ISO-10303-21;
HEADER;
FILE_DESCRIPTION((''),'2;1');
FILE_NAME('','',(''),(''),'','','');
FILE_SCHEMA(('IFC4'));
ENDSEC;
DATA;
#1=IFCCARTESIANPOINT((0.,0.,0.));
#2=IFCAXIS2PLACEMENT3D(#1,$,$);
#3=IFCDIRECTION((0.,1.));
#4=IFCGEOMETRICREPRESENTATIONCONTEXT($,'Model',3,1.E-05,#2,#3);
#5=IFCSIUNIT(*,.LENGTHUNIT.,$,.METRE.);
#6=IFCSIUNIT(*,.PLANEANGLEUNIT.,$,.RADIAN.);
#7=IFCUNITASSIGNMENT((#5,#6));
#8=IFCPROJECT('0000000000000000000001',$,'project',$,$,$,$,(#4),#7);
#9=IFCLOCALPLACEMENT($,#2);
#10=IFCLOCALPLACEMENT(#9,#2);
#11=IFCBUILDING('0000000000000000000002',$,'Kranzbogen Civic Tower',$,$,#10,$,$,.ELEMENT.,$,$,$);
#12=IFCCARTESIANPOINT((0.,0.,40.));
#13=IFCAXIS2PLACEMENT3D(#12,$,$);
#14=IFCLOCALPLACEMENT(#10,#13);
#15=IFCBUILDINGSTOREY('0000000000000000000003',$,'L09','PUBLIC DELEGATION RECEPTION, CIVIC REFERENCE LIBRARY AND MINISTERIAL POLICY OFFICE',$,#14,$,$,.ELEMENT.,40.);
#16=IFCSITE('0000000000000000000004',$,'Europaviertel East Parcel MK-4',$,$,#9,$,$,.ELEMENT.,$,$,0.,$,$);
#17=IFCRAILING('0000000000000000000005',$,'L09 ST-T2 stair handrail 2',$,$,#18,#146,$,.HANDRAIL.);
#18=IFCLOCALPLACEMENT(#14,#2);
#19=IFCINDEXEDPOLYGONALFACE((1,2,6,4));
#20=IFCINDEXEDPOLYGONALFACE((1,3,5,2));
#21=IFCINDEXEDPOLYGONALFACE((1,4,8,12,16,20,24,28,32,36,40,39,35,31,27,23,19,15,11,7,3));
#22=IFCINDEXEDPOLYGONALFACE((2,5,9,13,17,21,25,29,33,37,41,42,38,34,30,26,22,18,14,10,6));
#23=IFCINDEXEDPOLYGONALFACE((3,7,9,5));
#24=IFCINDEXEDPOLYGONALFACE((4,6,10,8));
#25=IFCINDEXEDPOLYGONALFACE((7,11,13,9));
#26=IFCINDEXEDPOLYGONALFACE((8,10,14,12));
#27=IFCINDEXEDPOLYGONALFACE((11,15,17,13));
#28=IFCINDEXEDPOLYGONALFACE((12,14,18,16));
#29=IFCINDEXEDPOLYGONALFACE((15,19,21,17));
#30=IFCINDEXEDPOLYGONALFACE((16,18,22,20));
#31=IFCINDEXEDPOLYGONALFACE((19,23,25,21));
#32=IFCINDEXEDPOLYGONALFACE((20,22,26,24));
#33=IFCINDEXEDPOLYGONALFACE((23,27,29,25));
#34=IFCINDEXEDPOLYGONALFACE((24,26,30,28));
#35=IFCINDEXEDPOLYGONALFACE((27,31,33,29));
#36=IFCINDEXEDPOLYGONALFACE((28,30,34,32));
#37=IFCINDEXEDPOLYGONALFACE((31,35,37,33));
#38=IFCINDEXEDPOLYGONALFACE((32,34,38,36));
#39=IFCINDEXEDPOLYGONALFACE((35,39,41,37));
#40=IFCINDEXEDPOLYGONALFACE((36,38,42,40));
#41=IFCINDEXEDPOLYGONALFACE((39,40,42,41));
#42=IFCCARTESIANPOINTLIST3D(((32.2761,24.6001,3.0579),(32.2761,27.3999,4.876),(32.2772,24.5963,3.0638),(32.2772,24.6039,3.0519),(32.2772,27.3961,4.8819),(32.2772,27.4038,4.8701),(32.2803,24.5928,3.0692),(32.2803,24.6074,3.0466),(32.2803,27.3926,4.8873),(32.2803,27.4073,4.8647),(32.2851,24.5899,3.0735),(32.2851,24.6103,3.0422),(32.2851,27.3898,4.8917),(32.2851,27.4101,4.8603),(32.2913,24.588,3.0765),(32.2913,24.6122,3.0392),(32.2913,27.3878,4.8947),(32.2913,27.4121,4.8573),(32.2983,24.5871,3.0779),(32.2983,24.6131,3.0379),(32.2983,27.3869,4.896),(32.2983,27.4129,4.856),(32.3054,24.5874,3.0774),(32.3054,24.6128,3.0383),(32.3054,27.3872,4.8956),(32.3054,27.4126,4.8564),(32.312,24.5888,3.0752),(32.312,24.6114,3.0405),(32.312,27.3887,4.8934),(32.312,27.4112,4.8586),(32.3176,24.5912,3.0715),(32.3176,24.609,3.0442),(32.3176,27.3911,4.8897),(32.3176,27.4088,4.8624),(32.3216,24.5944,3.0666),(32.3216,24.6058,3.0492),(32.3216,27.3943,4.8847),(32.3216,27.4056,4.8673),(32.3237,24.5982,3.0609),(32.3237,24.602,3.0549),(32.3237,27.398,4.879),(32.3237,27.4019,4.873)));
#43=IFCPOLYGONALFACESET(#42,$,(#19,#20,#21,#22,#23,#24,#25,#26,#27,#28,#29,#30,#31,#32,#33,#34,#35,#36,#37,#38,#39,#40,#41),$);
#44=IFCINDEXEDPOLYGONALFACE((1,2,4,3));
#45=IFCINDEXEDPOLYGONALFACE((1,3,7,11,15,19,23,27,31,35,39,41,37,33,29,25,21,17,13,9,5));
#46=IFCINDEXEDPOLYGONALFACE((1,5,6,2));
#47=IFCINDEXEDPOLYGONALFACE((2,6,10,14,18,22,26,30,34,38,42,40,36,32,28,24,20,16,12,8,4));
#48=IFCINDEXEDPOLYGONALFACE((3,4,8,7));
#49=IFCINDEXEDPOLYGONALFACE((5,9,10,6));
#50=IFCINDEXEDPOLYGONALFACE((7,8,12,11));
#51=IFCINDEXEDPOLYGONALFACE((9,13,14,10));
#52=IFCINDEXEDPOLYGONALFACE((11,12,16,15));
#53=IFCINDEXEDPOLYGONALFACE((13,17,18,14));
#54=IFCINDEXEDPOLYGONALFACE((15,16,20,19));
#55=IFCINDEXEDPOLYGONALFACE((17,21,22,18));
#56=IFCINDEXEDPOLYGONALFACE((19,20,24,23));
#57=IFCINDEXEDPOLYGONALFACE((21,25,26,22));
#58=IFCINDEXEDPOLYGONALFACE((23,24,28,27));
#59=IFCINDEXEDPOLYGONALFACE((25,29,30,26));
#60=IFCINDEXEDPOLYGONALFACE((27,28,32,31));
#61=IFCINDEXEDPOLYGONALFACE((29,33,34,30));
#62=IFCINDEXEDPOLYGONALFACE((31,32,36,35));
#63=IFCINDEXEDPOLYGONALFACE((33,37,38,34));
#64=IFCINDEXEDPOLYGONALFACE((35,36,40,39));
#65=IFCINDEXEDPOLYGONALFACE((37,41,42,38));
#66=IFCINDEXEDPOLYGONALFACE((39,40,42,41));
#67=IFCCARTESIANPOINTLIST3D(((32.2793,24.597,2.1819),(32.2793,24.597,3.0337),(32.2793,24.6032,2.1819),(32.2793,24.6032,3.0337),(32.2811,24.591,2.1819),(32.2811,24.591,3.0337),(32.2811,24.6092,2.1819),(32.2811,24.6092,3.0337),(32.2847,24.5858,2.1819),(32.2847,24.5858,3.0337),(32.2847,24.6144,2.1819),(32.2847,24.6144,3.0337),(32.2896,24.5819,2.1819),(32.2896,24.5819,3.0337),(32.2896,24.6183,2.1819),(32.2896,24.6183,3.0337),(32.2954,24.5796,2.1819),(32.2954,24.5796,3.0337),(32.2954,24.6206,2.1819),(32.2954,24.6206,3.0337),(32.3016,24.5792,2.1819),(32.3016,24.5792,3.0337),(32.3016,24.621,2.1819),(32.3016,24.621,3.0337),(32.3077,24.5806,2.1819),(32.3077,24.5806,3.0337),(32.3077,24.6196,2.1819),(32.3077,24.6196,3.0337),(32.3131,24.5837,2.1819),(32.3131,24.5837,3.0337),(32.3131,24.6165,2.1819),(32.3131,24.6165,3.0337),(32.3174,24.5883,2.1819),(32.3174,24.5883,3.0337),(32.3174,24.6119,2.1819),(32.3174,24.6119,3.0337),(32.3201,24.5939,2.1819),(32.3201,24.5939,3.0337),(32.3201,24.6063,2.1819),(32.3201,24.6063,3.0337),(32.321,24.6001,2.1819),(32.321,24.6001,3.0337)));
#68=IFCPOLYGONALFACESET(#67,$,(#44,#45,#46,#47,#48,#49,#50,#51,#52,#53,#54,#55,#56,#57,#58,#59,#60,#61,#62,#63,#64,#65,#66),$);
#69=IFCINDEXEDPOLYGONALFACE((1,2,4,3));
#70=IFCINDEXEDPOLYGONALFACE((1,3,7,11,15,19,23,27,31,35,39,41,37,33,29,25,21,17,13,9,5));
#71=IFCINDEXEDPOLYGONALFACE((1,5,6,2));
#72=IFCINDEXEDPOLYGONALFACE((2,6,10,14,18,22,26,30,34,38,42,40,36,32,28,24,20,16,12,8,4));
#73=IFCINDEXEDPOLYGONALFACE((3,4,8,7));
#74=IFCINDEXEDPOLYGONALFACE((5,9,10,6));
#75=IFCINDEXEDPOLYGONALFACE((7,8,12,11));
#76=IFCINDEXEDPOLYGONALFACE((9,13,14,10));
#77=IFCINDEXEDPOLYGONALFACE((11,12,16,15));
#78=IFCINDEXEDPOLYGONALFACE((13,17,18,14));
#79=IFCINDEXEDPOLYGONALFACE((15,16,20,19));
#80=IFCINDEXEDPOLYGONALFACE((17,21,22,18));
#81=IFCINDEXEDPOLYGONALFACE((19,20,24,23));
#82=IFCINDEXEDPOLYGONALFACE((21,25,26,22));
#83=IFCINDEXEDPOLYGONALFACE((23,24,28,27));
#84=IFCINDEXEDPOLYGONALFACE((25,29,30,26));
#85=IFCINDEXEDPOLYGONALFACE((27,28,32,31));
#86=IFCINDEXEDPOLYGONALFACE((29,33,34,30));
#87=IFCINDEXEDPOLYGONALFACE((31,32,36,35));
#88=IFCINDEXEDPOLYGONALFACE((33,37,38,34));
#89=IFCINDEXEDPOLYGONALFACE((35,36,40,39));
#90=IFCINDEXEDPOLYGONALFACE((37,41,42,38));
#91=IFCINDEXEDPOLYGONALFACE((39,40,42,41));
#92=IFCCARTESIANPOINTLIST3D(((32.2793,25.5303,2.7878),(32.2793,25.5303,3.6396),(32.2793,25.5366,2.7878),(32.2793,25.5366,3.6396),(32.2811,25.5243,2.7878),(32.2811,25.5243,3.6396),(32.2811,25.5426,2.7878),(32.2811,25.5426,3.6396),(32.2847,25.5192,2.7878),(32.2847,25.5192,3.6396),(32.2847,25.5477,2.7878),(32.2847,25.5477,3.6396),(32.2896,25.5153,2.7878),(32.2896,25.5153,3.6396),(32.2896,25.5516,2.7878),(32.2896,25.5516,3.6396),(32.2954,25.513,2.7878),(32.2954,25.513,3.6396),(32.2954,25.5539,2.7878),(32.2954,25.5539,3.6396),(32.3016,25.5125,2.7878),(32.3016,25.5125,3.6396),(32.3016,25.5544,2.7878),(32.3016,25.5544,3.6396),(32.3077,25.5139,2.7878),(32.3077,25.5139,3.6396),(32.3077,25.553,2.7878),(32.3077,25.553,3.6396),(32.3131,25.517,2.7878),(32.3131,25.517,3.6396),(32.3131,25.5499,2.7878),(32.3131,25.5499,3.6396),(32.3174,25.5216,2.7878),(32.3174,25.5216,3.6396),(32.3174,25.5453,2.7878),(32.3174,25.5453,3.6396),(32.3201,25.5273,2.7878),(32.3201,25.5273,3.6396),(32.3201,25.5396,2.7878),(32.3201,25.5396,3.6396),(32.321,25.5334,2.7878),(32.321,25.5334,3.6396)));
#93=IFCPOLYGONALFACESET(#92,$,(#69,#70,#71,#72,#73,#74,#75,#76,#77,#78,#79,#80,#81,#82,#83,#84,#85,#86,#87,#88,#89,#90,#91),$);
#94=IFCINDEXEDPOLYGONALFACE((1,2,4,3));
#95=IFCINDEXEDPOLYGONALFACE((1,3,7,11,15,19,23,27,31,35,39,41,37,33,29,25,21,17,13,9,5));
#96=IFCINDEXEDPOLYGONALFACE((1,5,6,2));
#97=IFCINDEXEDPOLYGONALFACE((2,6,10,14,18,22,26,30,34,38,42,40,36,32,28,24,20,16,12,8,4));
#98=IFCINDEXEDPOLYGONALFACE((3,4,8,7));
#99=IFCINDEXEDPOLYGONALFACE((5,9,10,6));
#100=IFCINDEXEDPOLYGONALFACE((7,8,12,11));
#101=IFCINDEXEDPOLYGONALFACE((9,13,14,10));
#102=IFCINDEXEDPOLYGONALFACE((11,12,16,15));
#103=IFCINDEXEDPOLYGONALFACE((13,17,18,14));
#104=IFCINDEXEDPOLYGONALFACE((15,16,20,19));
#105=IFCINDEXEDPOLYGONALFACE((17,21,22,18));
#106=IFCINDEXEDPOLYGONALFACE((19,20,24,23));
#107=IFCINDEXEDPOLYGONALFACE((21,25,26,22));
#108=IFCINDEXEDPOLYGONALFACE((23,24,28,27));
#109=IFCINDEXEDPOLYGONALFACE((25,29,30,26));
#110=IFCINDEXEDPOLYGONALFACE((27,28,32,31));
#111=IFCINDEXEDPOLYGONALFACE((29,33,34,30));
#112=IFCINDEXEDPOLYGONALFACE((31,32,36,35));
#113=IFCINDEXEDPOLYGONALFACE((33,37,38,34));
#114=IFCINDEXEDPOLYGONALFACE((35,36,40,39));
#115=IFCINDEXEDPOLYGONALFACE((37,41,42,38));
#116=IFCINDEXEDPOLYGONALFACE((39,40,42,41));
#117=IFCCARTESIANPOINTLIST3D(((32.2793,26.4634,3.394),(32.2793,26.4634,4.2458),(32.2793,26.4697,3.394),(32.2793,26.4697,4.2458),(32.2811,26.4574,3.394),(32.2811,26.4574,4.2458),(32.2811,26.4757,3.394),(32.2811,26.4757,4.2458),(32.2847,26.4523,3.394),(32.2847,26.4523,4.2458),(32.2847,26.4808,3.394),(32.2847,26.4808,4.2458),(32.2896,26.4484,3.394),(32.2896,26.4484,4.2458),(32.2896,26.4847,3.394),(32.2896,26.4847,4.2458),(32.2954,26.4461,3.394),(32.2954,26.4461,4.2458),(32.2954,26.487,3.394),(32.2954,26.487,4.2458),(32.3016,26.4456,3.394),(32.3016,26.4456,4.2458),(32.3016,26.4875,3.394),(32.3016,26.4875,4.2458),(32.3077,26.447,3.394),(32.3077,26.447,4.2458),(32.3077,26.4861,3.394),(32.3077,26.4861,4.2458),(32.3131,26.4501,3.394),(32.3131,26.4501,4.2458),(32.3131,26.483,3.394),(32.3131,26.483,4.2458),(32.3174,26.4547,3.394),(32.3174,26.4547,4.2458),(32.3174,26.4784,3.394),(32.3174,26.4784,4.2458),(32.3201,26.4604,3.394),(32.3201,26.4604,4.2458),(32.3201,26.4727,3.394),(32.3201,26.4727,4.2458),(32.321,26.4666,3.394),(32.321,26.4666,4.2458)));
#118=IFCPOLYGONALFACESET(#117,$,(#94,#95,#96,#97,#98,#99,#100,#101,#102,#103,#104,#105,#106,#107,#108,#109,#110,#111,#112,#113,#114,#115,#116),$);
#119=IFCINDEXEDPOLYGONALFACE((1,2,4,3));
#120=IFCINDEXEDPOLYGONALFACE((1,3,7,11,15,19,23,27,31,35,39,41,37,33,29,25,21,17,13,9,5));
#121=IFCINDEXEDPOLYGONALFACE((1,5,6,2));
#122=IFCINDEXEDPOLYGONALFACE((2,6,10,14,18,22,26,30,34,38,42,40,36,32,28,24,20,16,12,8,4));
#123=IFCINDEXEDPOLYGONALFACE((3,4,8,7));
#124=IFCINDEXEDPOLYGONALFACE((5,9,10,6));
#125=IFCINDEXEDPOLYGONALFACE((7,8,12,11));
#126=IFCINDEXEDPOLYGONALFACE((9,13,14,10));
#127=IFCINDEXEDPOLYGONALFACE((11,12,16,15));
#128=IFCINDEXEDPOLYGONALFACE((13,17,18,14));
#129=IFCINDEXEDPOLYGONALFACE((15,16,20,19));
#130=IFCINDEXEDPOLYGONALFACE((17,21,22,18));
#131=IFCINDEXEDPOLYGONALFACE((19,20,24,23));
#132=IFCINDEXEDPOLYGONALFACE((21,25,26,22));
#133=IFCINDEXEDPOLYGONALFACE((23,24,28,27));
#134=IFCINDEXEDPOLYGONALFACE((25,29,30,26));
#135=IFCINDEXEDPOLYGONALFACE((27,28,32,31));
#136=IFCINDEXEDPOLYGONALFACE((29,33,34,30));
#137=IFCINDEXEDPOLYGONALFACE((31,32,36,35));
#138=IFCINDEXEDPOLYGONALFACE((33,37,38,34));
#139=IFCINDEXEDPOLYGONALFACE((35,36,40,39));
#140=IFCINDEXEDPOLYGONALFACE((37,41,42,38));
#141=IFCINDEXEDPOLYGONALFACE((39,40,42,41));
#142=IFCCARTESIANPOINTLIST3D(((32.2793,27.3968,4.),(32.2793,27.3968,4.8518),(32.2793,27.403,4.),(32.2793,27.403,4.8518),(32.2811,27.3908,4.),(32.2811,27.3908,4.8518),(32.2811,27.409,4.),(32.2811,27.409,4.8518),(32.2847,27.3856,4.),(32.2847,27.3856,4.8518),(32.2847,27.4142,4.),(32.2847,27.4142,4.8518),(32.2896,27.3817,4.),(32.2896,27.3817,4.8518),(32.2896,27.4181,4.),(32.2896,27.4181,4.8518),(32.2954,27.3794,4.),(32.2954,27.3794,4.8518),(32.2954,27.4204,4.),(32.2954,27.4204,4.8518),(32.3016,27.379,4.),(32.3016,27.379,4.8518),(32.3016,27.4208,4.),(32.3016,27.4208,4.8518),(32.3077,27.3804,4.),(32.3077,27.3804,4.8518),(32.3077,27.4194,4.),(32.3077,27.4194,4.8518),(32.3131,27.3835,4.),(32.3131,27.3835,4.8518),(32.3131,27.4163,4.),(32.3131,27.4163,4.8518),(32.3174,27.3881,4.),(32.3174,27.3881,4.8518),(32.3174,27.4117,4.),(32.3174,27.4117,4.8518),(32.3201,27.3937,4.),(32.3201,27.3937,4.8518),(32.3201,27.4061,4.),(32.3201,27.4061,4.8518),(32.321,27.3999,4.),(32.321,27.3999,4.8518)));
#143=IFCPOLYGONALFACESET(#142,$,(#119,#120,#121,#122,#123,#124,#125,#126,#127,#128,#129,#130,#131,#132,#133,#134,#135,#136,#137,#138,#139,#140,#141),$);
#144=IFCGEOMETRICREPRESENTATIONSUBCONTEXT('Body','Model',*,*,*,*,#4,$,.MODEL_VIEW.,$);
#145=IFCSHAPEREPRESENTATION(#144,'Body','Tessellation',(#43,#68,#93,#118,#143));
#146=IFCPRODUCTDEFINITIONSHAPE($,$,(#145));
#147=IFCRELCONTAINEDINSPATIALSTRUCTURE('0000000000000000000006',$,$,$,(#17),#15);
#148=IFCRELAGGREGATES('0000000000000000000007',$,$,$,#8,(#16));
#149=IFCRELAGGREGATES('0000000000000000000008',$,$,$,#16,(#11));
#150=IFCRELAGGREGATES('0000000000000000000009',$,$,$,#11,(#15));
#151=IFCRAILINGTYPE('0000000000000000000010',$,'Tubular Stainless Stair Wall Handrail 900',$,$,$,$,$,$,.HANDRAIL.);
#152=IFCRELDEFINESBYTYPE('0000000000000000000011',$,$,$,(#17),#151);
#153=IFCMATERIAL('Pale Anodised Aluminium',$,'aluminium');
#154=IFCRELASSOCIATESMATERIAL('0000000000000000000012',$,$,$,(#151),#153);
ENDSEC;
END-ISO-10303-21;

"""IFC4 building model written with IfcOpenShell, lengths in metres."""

from ifc_helpers import new_model, si_unit, direction, frame, origin, origin_2d, place, context, subcontext, project, spatial, circle, extrude, material, type_object, element, save


model = new_model("IFC4")

# Units and contexts
model_context = context("Model", 3, precision=1e-05, world=origin(), true_north=direction((0.0, 1.0)))
body_context = subcontext(model_context, "Body", "Model", "MODEL_VIEW")
ifc_project = project(units=[si_unit("LENGTHUNIT", "METRE"), si_unit("PLANEANGLEUNIT", "RADIAN")], contexts=[model_context])

# Site, building, storey
site_placement = place(None, origin())
site = spatial("IfcSite", under=ifc_project, at=site_placement, Name="Europaviertel East Parcel MK-4", CompositionType="ELEMENT", RefElevation=0.0)
building_placement = place(site_placement, origin())
building = spatial("IfcBuilding", under=site, at=building_placement, Name="Kranzbogen Civic Tower", CompositionType="ELEMENT")
storey_placement = place(building_placement, frame((0.0, 0.0, 40.0)))
storey = spatial("IfcBuildingStorey", under=building, at=storey_placement, Name="L09", Description="PUBLIC DELEGATION RECEPTION, CIVIC REFERENCE LIBRARY AND MINISTERIAL POLICY OFFICE", CompositionType="ELEMENT", Elevation=40.0)

# Shared definitions
ifc_material_1 = material(Name="Pale Anodised Aluminium", Category="aluminium")

# Railing
railing_type_1 = type_object("IfcRailingType", Name="Tubular Stainless Stair Wall Handrail 900", PredefinedType="HANDRAIL", material=ifc_material_1)
railing_1_placement = place(storey_placement, frame((32.3, 24.6001, 2.1819)))
element("IfcRailing", 1, at=railing_1_placement, inside=storey, type_object=railing_type_1, Name="L09 ST-T2 stair handrail 2", PredefinedType="HANDRAIL", context=body_context, shape_type="SweptSolid", body=[
    extrude(circle(Radius=0.0239, at=origin_2d()), frame((0.0, 0.0, 0.876), z_axis=(0.0, 0.838684, 0.544618), x_axis=(-1.0, 0.0, 0.0)), (0.0, 0.0, 1.0), 3.3384),
    extrude(circle(Radius=0.021, at=origin_2d()), origin(), (0.0, 0.0, 1.0), 0.8518),
    extrude(circle(Radius=0.021, at=origin_2d()), frame((0.0, 0.9333, 0.606)), (0.0, 0.0, 1.0), 0.8518),
    extrude(circle(Radius=0.021, at=origin_2d()), frame((0.0, 1.8665, 1.2122)), (0.0, 0.0, 1.0), 0.8518),
    extrude(circle(Radius=0.021, at=origin_2d()), frame((0.0, 2.7998, 1.8181)), (0.0, 0.0, 1.0), 0.8518),
])

save(model, "model.ifc")
